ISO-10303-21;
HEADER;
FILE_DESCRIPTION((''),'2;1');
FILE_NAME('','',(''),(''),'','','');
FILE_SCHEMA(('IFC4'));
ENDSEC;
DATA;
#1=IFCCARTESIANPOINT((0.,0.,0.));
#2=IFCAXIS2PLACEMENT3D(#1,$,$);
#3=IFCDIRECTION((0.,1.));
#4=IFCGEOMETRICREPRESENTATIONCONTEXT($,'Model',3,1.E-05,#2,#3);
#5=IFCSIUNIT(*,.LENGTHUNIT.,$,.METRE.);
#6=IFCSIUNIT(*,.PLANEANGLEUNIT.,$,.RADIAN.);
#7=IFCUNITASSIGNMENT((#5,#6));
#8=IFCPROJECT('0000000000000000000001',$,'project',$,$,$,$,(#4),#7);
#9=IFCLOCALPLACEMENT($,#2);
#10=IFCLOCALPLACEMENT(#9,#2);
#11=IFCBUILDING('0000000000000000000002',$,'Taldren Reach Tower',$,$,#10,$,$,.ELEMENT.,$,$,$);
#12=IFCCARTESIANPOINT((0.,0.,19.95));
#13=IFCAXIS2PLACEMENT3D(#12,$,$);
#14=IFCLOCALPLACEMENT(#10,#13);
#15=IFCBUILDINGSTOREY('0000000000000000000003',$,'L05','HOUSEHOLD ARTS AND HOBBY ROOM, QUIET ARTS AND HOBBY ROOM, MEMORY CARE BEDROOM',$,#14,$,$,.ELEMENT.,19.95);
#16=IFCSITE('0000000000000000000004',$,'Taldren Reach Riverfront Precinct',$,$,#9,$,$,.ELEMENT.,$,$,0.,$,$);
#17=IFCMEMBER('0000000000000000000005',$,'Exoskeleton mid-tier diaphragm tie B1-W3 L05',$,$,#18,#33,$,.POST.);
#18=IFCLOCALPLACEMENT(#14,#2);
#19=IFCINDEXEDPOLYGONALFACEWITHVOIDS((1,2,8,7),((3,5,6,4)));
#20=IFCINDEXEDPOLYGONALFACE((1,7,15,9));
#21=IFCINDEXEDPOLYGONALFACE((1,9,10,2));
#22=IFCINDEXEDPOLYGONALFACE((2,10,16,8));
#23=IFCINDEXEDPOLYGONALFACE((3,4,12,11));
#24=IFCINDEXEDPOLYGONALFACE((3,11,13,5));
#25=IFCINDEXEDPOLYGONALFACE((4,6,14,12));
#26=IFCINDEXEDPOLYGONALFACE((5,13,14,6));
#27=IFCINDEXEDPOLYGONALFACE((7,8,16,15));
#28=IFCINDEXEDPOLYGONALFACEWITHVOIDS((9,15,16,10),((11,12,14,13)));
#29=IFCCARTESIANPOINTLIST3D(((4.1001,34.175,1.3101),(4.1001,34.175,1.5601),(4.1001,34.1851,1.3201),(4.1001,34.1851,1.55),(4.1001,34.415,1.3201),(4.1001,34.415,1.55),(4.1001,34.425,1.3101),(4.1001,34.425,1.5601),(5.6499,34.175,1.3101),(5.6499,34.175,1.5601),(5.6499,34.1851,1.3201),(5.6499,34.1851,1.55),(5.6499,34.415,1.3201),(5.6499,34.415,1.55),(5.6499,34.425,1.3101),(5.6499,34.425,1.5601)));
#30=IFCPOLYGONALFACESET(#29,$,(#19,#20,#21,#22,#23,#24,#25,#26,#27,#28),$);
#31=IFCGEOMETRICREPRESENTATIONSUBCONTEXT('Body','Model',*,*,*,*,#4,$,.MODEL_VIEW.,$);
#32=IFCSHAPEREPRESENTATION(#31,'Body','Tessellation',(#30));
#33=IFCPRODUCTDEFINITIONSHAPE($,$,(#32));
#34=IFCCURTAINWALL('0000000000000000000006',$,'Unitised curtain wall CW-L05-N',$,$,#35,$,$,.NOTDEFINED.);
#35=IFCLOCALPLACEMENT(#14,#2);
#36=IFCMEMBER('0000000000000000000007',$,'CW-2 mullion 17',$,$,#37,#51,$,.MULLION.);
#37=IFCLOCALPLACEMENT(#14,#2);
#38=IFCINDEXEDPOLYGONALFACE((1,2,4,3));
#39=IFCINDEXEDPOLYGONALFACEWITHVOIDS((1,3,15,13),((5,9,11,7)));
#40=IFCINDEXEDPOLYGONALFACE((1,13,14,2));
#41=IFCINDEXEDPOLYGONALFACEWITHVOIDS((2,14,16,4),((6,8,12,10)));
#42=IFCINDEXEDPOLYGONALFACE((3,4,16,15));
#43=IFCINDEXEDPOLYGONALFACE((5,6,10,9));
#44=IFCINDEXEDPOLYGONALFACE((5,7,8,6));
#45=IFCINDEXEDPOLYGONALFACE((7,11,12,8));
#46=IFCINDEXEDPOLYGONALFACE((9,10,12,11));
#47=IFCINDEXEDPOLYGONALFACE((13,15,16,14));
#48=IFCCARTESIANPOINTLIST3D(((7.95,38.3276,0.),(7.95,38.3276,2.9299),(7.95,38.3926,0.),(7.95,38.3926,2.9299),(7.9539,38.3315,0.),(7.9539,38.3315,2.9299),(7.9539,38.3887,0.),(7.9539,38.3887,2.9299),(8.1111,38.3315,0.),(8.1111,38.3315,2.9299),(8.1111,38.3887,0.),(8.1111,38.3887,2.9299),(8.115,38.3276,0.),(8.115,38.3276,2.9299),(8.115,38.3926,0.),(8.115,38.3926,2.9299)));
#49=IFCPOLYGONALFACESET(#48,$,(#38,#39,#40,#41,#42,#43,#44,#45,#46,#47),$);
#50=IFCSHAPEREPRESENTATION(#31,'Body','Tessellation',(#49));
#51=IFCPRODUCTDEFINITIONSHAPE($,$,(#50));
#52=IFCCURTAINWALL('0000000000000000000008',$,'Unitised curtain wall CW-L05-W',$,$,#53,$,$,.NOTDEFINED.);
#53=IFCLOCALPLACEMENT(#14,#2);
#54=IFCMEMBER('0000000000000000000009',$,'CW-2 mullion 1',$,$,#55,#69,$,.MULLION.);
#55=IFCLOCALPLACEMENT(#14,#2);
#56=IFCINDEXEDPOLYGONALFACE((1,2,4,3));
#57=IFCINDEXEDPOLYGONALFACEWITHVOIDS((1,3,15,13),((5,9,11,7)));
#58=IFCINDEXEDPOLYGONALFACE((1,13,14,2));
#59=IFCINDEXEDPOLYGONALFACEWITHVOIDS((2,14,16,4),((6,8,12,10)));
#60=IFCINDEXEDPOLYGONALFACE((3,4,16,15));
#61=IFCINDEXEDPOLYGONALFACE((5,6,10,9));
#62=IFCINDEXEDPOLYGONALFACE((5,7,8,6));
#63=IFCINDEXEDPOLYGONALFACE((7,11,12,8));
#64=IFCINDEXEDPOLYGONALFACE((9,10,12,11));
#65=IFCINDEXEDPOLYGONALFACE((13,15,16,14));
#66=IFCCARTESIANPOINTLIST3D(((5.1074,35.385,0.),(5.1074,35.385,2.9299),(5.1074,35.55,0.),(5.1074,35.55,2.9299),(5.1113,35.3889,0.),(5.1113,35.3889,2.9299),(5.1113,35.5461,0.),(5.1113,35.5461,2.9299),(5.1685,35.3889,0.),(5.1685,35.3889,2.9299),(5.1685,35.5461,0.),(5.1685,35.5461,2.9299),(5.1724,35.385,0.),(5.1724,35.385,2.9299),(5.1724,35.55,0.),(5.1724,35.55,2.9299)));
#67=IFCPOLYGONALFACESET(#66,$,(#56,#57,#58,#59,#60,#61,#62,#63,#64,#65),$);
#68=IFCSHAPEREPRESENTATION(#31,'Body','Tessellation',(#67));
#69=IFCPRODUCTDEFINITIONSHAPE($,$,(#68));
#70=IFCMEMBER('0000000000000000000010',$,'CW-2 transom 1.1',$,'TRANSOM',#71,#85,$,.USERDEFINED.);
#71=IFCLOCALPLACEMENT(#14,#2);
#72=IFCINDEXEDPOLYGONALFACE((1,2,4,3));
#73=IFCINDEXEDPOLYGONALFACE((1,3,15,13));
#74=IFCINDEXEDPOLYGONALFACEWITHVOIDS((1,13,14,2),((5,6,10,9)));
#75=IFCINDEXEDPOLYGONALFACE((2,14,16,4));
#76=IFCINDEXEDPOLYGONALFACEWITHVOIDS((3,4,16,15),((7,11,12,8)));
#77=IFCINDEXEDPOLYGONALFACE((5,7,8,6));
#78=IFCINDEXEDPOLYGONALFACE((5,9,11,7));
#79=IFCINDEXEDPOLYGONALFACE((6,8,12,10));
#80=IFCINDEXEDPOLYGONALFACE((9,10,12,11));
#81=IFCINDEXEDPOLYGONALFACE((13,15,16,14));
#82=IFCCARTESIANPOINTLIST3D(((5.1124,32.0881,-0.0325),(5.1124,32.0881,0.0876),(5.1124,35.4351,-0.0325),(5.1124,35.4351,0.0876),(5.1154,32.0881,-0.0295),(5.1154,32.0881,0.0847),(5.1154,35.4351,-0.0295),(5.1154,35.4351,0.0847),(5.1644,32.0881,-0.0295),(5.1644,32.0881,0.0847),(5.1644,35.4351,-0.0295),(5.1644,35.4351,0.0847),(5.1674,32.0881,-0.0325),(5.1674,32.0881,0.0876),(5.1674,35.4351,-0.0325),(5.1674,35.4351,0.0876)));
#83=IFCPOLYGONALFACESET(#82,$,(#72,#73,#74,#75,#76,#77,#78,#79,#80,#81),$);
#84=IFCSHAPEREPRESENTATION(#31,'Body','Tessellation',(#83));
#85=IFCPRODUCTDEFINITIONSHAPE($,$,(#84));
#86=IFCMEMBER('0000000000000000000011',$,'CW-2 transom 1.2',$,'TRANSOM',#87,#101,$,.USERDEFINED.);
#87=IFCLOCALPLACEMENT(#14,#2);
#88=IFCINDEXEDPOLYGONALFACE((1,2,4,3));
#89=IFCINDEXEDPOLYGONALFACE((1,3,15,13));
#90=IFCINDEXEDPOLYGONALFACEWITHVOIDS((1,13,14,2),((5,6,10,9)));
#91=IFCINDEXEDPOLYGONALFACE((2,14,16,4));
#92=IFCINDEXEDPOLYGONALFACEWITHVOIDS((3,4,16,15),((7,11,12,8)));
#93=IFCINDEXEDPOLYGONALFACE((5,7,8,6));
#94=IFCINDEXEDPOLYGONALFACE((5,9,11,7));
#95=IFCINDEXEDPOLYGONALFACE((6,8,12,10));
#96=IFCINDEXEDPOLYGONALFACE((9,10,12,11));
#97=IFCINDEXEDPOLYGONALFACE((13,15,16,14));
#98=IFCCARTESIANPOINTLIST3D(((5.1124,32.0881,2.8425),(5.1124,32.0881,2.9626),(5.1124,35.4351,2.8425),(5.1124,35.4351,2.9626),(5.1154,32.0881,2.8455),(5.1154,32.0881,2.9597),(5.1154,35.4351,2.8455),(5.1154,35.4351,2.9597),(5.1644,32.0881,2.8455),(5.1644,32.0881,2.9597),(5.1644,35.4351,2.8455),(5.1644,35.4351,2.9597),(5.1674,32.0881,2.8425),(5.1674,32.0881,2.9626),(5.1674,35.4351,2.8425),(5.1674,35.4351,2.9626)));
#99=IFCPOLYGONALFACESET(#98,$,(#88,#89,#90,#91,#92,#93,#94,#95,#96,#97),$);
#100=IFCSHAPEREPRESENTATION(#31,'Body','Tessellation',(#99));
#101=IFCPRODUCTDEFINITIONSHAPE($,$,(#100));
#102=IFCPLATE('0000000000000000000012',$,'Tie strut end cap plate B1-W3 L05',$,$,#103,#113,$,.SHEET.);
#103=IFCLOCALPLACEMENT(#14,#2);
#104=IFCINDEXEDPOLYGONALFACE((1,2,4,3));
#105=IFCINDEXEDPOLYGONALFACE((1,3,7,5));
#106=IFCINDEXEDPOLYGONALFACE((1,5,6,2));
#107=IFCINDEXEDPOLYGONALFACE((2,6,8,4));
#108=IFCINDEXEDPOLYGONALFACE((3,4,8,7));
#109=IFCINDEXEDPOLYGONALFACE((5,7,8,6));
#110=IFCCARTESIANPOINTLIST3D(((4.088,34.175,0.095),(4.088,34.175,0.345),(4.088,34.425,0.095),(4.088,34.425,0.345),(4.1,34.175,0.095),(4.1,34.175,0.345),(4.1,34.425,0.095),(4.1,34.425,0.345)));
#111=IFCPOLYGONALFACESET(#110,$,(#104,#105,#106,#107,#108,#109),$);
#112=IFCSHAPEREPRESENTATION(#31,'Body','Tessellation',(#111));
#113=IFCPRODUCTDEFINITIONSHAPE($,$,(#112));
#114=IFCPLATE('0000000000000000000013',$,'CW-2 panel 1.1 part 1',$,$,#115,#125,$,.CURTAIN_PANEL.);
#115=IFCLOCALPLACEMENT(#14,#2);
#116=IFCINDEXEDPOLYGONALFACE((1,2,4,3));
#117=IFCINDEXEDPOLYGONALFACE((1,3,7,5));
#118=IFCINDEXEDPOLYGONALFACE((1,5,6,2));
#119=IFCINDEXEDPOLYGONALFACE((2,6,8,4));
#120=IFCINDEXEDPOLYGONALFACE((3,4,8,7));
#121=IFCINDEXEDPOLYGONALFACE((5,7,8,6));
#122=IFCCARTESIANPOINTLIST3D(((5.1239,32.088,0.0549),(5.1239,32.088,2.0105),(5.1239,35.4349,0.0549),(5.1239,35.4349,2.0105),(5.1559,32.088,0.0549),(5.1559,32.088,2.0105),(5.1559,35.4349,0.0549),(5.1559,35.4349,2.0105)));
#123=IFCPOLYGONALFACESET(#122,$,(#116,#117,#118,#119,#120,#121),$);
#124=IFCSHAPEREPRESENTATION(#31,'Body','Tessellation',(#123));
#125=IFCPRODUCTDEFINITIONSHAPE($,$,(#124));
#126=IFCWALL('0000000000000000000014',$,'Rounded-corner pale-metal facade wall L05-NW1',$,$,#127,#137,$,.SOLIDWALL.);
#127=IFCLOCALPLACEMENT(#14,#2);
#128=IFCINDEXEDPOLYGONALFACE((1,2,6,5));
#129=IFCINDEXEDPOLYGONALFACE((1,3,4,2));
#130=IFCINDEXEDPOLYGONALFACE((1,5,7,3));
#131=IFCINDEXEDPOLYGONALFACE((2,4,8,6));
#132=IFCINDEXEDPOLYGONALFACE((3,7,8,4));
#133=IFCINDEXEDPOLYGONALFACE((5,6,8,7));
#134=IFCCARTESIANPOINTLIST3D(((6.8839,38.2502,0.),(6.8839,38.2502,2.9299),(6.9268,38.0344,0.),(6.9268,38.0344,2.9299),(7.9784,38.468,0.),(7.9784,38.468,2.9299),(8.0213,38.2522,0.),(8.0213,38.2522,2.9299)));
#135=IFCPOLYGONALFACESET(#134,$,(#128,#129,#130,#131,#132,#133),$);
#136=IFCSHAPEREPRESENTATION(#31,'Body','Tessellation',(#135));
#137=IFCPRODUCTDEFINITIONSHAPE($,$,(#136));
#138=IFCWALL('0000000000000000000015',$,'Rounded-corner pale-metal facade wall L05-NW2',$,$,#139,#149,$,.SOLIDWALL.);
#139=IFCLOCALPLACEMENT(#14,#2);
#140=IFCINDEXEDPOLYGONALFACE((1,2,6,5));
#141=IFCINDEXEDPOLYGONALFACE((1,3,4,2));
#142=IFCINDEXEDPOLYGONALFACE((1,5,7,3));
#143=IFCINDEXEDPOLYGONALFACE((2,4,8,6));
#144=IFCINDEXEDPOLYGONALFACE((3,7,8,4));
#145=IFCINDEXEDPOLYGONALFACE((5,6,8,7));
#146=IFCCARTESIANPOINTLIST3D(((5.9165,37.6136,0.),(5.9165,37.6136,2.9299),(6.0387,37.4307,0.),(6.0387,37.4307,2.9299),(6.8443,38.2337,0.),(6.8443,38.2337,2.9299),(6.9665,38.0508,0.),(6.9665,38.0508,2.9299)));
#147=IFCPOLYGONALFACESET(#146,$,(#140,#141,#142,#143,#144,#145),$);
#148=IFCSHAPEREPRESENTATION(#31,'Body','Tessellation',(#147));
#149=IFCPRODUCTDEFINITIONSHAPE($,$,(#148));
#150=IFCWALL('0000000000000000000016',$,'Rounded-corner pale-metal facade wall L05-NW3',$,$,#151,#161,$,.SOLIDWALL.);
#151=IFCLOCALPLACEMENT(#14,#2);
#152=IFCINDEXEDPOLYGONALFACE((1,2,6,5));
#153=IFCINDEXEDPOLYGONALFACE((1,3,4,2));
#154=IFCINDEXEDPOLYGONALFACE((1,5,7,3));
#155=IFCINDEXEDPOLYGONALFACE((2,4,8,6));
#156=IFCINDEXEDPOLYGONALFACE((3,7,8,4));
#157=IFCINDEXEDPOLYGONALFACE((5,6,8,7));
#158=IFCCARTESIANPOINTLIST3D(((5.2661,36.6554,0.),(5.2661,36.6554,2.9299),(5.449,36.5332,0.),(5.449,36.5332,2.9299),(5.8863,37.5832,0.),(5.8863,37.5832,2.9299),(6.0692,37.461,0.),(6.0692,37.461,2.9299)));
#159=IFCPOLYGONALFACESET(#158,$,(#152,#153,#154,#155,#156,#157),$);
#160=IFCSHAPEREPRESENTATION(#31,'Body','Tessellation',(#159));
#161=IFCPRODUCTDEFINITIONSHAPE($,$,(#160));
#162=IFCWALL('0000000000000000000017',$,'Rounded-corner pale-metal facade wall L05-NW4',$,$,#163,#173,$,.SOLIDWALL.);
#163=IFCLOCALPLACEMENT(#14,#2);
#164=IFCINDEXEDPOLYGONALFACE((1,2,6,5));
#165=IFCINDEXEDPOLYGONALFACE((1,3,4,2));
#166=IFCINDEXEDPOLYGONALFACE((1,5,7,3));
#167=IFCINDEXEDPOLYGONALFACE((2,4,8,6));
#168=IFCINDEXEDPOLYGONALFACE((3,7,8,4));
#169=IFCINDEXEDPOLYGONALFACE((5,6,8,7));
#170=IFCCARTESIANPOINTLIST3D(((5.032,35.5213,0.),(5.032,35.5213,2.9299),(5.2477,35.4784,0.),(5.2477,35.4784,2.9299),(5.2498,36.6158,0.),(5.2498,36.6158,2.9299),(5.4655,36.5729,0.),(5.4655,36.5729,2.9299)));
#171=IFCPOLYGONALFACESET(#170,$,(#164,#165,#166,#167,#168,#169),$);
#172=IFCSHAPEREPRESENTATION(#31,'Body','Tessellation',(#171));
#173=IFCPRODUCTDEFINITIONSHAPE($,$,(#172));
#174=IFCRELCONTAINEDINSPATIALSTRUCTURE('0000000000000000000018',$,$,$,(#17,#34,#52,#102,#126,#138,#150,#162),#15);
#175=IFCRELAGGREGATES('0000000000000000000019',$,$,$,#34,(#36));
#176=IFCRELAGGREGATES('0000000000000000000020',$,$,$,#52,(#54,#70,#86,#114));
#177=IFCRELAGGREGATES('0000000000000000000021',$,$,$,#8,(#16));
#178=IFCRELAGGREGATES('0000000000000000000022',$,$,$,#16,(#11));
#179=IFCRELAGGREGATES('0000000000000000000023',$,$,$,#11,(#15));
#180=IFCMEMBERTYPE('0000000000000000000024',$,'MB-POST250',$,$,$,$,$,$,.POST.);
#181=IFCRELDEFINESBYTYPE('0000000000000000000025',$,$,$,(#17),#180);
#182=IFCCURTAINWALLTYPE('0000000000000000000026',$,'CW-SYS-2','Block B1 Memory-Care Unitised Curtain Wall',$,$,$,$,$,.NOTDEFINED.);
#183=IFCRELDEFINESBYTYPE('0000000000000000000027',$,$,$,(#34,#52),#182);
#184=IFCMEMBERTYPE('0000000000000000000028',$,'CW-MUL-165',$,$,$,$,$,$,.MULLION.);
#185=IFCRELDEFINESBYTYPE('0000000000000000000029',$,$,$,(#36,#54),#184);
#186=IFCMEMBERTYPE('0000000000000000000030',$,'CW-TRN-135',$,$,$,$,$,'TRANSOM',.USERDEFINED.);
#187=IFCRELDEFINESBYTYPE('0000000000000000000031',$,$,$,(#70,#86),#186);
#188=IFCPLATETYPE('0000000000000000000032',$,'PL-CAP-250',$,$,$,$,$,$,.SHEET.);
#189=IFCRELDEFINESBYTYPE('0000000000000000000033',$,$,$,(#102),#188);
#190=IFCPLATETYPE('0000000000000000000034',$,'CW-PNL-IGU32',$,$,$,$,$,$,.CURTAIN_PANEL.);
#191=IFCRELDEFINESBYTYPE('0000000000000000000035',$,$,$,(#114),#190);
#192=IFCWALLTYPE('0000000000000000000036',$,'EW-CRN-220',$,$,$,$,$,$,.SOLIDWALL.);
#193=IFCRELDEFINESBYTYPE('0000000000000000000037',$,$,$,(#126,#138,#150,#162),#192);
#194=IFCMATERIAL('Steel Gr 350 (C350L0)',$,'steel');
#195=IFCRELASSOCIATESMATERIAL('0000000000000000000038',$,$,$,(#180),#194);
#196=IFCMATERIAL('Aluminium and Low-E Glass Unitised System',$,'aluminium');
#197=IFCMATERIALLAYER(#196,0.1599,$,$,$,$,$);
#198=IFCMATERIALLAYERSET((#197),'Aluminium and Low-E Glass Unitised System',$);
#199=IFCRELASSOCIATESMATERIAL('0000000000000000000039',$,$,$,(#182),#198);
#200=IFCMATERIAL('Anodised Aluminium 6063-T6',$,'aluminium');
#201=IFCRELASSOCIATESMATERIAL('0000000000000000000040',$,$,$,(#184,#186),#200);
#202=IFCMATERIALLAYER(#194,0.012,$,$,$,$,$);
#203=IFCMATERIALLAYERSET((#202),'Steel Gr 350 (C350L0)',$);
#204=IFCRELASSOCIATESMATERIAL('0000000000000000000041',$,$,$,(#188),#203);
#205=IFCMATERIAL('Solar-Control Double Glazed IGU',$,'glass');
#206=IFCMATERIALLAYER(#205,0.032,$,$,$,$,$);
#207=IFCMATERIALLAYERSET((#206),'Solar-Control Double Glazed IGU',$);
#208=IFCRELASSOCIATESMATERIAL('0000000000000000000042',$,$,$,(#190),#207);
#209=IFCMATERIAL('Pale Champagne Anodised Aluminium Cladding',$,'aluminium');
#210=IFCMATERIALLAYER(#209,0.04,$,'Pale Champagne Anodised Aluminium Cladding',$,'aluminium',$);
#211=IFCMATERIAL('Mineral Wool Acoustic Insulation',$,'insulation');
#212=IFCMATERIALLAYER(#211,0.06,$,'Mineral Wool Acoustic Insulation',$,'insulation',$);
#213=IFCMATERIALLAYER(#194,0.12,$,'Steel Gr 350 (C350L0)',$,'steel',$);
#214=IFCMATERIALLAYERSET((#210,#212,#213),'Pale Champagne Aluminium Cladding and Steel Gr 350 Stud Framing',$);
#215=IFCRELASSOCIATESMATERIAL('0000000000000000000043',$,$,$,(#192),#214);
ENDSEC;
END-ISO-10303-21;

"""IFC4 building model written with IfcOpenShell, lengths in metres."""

from ifc_helpers import new_model, si_unit, direction, frame, frame_2d, origin, origin_2d, place, context, subcontext, project, spatial, rectangle, hollow_rectangle, extrude, source, transform, mapped, material, layer, layer_set, material_profile, profile_set, type_object, element, aggregate, save


model = new_model("IFC4")

# Units and contexts
model_context = context("Model", 3, precision=1e-05, world=origin(), true_north=direction((0.0, 1.0)))
body_context = subcontext(model_context, "Body", "Model", "MODEL_VIEW")
ifc_project = project(units=[si_unit("LENGTHUNIT", "METRE"), si_unit("PLANEANGLEUNIT", "RADIAN")], contexts=[model_context])

# Site, building, storey
site_placement = place(None, origin())
site = spatial("IfcSite", under=ifc_project, at=site_placement, Name="Taldren Reach Riverfront Precinct", CompositionType="ELEMENT", RefElevation=0.0)
building_placement = place(site_placement, origin())
building = spatial("IfcBuilding", under=site, at=building_placement, Name="Taldren Reach Tower", CompositionType="ELEMENT")
storey_placement = place(building_placement, frame((0.0, 0.0, 19.95)))
storey = spatial("IfcBuildingStorey", under=building, at=storey_placement, Name="L05", Description="HOUSEHOLD ARTS AND HOBBY ROOM, QUIET ARTS AND HOBBY ROOM, MEMORY CARE BEDROOM", CompositionType="ELEMENT", Elevation=19.95)

# Member
ifc_material_1 = material(Name="Steel Gr 350 (C350L0)", Category="steel")
ifc_material_profile_1 = material_profile(ifc_material_1, hollow_rectangle(XDim=0.25, YDim=0.25, WallThickness=0.01, at=origin_2d()), Name="250x250x10.0SHS")
ifc_profile_set_1 = profile_set([ifc_material_profile_1], Name="Steel Gr 350 (C350L0)")
member_type_1 = type_object("IfcMemberType", Name="MB-POST250", PredefinedType="POST", material=ifc_profile_set_1)
shared_shape_1 = source(origin(), body_context, "Body", "SweptSolid", [
    extrude(hollow_rectangle(XDim=0.25, YDim=0.25, WallThickness=0.01, at=origin_2d()), origin(), (0.0, 0.0, 1.0), 1.5498),
])
for number, where, z_axis, x_axis, name in (
    (1, (5.6499, 34.3, 1.4351), (-1.0, 0.0, 0.0), (0.0, -1.0, 0.0), "Exoskeleton mid-tier diaphragm tie B1-W3 L05"),
):
    element("IfcMember", number, at=place(storey_placement, frame(where, z_axis=z_axis, x_axis=x_axis)), inside=storey, type_object=member_type_1, Name=name, PredefinedType="POST", context=body_context, shape_type="MappedRepresentation", body=[
        mapped(shared_shape_1, transform((0.0, 0.0, 0.0), scale=1.0)),
    ])

# Curtain wall, member
ifc_material_2 = material(Name="Aluminium and Low-E Glass Unitised System", Category="aluminium")
ifc_layer_1 = layer(ifc_material_2, 0.1599)
ifc_layer_set_1 = layer_set([ifc_layer_1], Name="Aluminium and Low-E Glass Unitised System")
curtain_wall_type = type_object("IfcCurtainWallType", Name="CW-SYS-2", Description="Block B1 Memory-Care Unitised Curtain Wall", PredefinedType="NOTDEFINED", material=ifc_layer_set_1)
curtain_wall_1_placement = place(storey_placement, origin())
curtain_wall_1 = element("IfcCurtainWall", 2, at=curtain_wall_1_placement, inside=storey, type_object=curtain_wall_type, Name="Unitised curtain wall CW-L05-N", PredefinedType="NOTDEFINED")
ifc_material_3 = material(Name="Anodised Aluminium 6063-T6", Category="aluminium")
ifc_material_profile_2 = material_profile(ifc_material_3, hollow_rectangle(XDim=0.0649, YDim=0.165, WallThickness=0.0039, at=origin_2d()), Name="ALU-165x65x4RHS")
ifc_profile_set_2 = profile_set([ifc_material_profile_2], Name="Anodised Aluminium 6063-T6")
member_type_2 = type_object("IfcMemberType", Name="CW-MUL-165", PredefinedType="MULLION", material=ifc_profile_set_2)
shared_shape_2 = source(origin(), body_context, "Body", "SweptSolid", [
    extrude(hollow_rectangle(XDim=0.0649, YDim=0.165, WallThickness=0.0039, at=origin_2d()), origin(), (0.0, 0.0, 1.0), 2.9299),
])
member_1_placement = place(storey_placement, frame((8.0325, 38.3601, 0.0), z_axis=(0.0, 0.0, 1.0), x_axis=(0.0, -1.0, 0.0)))
member_1 = element("IfcMember", 3, at=member_1_placement, type_object=member_type_2, Name="CW-2 mullion 17", PredefinedType="MULLION", context=body_context, shape_type="MappedRepresentation", body=[
    mapped(shared_shape_2, transform((0.0, 0.0, 0.0), scale=1.0)),
])
aggregate(curtain_wall_1, [member_1])

# Curtain wall, members
curtain_wall_2_placement = place(storey_placement, origin())
curtain_wall_2 = element("IfcCurtainWall", 4, at=curtain_wall_2_placement, inside=storey, type_object=curtain_wall_type, Name="Unitised curtain wall CW-L05-W", PredefinedType="NOTDEFINED")
member_2_placement = place(storey_placement, frame((5.1399, 35.4675, 0.0), z_axis=(0.0, 0.0, 1.0), x_axis=(1.0, 0.0, 0.0)))
member_2 = element("IfcMember", 5, at=member_2_placement, type_object=member_type_2, Name="CW-2 mullion 1", PredefinedType="MULLION", context=body_context, shape_type="MappedRepresentation", body=[
    mapped(shared_shape_2, transform((0.0, 0.0, 0.0), scale=1.0)),
])
ifc_material_profile_3 = material_profile(ifc_material_3, hollow_rectangle(XDim=0.0549, YDim=0.1201, WallThickness=0.0029, at=origin_2d()), Name="ALU-120x55x3RHS")
ifc_profile_set_3 = profile_set([ifc_material_profile_3], Name="Anodised Aluminium 6063-T6")
member_type_3 = type_object("IfcMemberType", Name="CW-TRN-135", ElementType="TRANSOM", PredefinedType="USERDEFINED", material=ifc_profile_set_3)
shared_shape_3 = source(origin(), body_context, "Body", "SweptSolid", [
    extrude(hollow_rectangle(XDim=0.0549, YDim=0.1201, WallThickness=0.0029, at=origin_2d()), origin(), (0.0, 0.0, 1.0), 3.3469),
])
member_3_placement = place(storey_placement, frame((5.1399, 35.4351, 0.0276), z_axis=(0.0, -1.0, 0.0), x_axis=(1.0, 0.0, 0.0)))
member_3 = element("IfcMember", 6, at=member_3_placement, type_object=member_type_3, Name="CW-2 transom 1.1", ObjectType="TRANSOM", PredefinedType="USERDEFINED", context=body_context, shape_type="MappedRepresentation", body=[
    mapped(shared_shape_3, transform((0.0, 0.0, 0.0), scale=1.0)),
])
member_4_placement = place(storey_placement, frame((5.1399, 35.4351, 2.9026), z_axis=(0.0, -1.0, 0.0), x_axis=(1.0, 0.0, 0.0)))
member_4 = element("IfcMember", 7, at=member_4_placement, type_object=member_type_3, Name="CW-2 transom 1.2", ObjectType="TRANSOM", PredefinedType="USERDEFINED", context=body_context, shape_type="MappedRepresentation", body=[
    mapped(shared_shape_3, transform((0.0, 0.0, 0.0), scale=1.0)),
])

# Plates
ifc_layer_2 = layer(ifc_material_1, 0.012)
ifc_layer_set_2 = layer_set([ifc_layer_2], Name="Steel Gr 350 (C350L0)")
plate_type_1 = type_object("IfcPlateType", Name="PL-CAP-250", PredefinedType="SHEET", material=ifc_layer_set_2)
shared_shape_4 = source(origin(), body_context, "Body", "SweptSolid", [
    extrude(rectangle(XDim=0.012, YDim=0.25, at=origin_2d()), origin(), (0.0, 0.0, 1.0), 0.25),
])
plate_1_placement = place(storey_placement, frame((4.094, 34.3, 0.095), z_axis=(0.0, 0.0, 1.0), x_axis=(1.0, 0.0, 0.0)))
element("IfcPlate", 8, at=plate_1_placement, inside=storey, type_object=plate_type_1, Name="Tie strut end cap plate B1-W3 L05", PredefinedType="SHEET", context=body_context, shape_type="MappedRepresentation", body=[
    mapped(shared_shape_4, transform((0.0, 0.0, 0.0), scale=1.0)),
])
ifc_material_4 = material(Name="Solar-Control Double Glazed IGU", Category="glass")
ifc_layer_3 = layer(ifc_material_4, 0.032)
ifc_layer_set_3 = layer_set([ifc_layer_3], Name="Solar-Control Double Glazed IGU")
plate_type_2 = type_object("IfcPlateType", Name="CW-PNL-IGU32", PredefinedType="CURTAIN_PANEL", material=ifc_layer_set_3)
shared_shape_5 = source(origin(), body_context, "Body", "SweptSolid", [
    extrude(rectangle(XDim=3.3469, YDim=0.032, at=origin_2d()), origin(), (0.0, 0.0, 1.0), 1.9556),
])
plate_2_placement = place(storey_placement, frame((5.1399, 33.7615, 0.0549), z_axis=(0.0, 0.0, 1.0), x_axis=(0.0, -1.0, 0.0)))
plate_2 = element("IfcPlate", 9, at=plate_2_placement, type_object=plate_type_2, Name="CW-2 panel 1.1 part 1", PredefinedType="CURTAIN_PANEL", context=body_context, shape_type="MappedRepresentation", body=[
    mapped(shared_shape_5, transform((0.0, 0.0, 0.0), scale=1.0)),
])
aggregate(curtain_wall_2, [member_2, member_3, member_4, plate_2])

# Walls
ifc_material_5 = material(Name="Pale Champagne Anodised Aluminium Cladding", Category="aluminium")
ifc_layer_4 = layer(ifc_material_5, 0.04, Name="Pale Champagne Anodised Aluminium Cladding", Category="aluminium")
ifc_material_6 = material(Name="Mineral Wool Acoustic Insulation", Category="insulation")
ifc_layer_5 = layer(ifc_material_6, 0.06, Name="Mineral Wool Acoustic Insulation", Category="insulation")
ifc_layer_6 = layer(ifc_material_1, 0.12, Name="Steel Gr 350 (C350L0)", Category="steel")
ifc_layer_set_4 = layer_set([ifc_layer_4, ifc_layer_5, ifc_layer_6], Name="Pale Champagne Aluminium Cladding and Steel Gr 350 Stud Framing")
wall_type = type_object("IfcWallType", Name="EW-CRN-220", PredefinedType="SOLIDWALL", material=ifc_layer_set_4)
shared_shape_6 = source(origin(), body_context, "Body", "SweptSolid", [
    extrude(rectangle(XDim=1.116, YDim=0.22, at=frame_2d((0.5581, 0.0))), origin(), (0.0, 0.0, 1.0), 2.9299),
])
for number, where, z_axis, x_axis, name in (
    (10, (8.0, 38.3601, 0.0), (0.0, 0.0, 1.0), (-0.980774, -0.195148, 0.0), "Rounded-corner pale-metal facade wall L05-NW1"),
    (11, (6.9055, 38.1423, 0.0), (0.0, 0.0, 1.0), (-0.831377, -0.55571, 0.0), "Rounded-corner pale-metal facade wall L05-NW2"),
    (12, (5.9778, 37.5222, 0.0), (0.0, 0.0, 1.0), (-0.55571, -0.831377, 0.0), "Rounded-corner pale-metal facade wall L05-NW3"),
    (13, (5.3577, 36.5945, 0.0), (0.0, 0.0, 1.0), (-0.195148, -0.980774, 0.0), "Rounded-corner pale-metal facade wall L05-NW4"),
):
    element("IfcWall", number, at=place(storey_placement, frame(where, z_axis=z_axis, x_axis=x_axis)), inside=storey, type_object=wall_type, Name=name, PredefinedType="SOLIDWALL", context=body_context, shape_type="MappedRepresentation", body=[
        mapped(shared_shape_6, transform((0.0, 0.0, 0.0), scale=1.0)),
    ])

save(model, "model.ifc")
